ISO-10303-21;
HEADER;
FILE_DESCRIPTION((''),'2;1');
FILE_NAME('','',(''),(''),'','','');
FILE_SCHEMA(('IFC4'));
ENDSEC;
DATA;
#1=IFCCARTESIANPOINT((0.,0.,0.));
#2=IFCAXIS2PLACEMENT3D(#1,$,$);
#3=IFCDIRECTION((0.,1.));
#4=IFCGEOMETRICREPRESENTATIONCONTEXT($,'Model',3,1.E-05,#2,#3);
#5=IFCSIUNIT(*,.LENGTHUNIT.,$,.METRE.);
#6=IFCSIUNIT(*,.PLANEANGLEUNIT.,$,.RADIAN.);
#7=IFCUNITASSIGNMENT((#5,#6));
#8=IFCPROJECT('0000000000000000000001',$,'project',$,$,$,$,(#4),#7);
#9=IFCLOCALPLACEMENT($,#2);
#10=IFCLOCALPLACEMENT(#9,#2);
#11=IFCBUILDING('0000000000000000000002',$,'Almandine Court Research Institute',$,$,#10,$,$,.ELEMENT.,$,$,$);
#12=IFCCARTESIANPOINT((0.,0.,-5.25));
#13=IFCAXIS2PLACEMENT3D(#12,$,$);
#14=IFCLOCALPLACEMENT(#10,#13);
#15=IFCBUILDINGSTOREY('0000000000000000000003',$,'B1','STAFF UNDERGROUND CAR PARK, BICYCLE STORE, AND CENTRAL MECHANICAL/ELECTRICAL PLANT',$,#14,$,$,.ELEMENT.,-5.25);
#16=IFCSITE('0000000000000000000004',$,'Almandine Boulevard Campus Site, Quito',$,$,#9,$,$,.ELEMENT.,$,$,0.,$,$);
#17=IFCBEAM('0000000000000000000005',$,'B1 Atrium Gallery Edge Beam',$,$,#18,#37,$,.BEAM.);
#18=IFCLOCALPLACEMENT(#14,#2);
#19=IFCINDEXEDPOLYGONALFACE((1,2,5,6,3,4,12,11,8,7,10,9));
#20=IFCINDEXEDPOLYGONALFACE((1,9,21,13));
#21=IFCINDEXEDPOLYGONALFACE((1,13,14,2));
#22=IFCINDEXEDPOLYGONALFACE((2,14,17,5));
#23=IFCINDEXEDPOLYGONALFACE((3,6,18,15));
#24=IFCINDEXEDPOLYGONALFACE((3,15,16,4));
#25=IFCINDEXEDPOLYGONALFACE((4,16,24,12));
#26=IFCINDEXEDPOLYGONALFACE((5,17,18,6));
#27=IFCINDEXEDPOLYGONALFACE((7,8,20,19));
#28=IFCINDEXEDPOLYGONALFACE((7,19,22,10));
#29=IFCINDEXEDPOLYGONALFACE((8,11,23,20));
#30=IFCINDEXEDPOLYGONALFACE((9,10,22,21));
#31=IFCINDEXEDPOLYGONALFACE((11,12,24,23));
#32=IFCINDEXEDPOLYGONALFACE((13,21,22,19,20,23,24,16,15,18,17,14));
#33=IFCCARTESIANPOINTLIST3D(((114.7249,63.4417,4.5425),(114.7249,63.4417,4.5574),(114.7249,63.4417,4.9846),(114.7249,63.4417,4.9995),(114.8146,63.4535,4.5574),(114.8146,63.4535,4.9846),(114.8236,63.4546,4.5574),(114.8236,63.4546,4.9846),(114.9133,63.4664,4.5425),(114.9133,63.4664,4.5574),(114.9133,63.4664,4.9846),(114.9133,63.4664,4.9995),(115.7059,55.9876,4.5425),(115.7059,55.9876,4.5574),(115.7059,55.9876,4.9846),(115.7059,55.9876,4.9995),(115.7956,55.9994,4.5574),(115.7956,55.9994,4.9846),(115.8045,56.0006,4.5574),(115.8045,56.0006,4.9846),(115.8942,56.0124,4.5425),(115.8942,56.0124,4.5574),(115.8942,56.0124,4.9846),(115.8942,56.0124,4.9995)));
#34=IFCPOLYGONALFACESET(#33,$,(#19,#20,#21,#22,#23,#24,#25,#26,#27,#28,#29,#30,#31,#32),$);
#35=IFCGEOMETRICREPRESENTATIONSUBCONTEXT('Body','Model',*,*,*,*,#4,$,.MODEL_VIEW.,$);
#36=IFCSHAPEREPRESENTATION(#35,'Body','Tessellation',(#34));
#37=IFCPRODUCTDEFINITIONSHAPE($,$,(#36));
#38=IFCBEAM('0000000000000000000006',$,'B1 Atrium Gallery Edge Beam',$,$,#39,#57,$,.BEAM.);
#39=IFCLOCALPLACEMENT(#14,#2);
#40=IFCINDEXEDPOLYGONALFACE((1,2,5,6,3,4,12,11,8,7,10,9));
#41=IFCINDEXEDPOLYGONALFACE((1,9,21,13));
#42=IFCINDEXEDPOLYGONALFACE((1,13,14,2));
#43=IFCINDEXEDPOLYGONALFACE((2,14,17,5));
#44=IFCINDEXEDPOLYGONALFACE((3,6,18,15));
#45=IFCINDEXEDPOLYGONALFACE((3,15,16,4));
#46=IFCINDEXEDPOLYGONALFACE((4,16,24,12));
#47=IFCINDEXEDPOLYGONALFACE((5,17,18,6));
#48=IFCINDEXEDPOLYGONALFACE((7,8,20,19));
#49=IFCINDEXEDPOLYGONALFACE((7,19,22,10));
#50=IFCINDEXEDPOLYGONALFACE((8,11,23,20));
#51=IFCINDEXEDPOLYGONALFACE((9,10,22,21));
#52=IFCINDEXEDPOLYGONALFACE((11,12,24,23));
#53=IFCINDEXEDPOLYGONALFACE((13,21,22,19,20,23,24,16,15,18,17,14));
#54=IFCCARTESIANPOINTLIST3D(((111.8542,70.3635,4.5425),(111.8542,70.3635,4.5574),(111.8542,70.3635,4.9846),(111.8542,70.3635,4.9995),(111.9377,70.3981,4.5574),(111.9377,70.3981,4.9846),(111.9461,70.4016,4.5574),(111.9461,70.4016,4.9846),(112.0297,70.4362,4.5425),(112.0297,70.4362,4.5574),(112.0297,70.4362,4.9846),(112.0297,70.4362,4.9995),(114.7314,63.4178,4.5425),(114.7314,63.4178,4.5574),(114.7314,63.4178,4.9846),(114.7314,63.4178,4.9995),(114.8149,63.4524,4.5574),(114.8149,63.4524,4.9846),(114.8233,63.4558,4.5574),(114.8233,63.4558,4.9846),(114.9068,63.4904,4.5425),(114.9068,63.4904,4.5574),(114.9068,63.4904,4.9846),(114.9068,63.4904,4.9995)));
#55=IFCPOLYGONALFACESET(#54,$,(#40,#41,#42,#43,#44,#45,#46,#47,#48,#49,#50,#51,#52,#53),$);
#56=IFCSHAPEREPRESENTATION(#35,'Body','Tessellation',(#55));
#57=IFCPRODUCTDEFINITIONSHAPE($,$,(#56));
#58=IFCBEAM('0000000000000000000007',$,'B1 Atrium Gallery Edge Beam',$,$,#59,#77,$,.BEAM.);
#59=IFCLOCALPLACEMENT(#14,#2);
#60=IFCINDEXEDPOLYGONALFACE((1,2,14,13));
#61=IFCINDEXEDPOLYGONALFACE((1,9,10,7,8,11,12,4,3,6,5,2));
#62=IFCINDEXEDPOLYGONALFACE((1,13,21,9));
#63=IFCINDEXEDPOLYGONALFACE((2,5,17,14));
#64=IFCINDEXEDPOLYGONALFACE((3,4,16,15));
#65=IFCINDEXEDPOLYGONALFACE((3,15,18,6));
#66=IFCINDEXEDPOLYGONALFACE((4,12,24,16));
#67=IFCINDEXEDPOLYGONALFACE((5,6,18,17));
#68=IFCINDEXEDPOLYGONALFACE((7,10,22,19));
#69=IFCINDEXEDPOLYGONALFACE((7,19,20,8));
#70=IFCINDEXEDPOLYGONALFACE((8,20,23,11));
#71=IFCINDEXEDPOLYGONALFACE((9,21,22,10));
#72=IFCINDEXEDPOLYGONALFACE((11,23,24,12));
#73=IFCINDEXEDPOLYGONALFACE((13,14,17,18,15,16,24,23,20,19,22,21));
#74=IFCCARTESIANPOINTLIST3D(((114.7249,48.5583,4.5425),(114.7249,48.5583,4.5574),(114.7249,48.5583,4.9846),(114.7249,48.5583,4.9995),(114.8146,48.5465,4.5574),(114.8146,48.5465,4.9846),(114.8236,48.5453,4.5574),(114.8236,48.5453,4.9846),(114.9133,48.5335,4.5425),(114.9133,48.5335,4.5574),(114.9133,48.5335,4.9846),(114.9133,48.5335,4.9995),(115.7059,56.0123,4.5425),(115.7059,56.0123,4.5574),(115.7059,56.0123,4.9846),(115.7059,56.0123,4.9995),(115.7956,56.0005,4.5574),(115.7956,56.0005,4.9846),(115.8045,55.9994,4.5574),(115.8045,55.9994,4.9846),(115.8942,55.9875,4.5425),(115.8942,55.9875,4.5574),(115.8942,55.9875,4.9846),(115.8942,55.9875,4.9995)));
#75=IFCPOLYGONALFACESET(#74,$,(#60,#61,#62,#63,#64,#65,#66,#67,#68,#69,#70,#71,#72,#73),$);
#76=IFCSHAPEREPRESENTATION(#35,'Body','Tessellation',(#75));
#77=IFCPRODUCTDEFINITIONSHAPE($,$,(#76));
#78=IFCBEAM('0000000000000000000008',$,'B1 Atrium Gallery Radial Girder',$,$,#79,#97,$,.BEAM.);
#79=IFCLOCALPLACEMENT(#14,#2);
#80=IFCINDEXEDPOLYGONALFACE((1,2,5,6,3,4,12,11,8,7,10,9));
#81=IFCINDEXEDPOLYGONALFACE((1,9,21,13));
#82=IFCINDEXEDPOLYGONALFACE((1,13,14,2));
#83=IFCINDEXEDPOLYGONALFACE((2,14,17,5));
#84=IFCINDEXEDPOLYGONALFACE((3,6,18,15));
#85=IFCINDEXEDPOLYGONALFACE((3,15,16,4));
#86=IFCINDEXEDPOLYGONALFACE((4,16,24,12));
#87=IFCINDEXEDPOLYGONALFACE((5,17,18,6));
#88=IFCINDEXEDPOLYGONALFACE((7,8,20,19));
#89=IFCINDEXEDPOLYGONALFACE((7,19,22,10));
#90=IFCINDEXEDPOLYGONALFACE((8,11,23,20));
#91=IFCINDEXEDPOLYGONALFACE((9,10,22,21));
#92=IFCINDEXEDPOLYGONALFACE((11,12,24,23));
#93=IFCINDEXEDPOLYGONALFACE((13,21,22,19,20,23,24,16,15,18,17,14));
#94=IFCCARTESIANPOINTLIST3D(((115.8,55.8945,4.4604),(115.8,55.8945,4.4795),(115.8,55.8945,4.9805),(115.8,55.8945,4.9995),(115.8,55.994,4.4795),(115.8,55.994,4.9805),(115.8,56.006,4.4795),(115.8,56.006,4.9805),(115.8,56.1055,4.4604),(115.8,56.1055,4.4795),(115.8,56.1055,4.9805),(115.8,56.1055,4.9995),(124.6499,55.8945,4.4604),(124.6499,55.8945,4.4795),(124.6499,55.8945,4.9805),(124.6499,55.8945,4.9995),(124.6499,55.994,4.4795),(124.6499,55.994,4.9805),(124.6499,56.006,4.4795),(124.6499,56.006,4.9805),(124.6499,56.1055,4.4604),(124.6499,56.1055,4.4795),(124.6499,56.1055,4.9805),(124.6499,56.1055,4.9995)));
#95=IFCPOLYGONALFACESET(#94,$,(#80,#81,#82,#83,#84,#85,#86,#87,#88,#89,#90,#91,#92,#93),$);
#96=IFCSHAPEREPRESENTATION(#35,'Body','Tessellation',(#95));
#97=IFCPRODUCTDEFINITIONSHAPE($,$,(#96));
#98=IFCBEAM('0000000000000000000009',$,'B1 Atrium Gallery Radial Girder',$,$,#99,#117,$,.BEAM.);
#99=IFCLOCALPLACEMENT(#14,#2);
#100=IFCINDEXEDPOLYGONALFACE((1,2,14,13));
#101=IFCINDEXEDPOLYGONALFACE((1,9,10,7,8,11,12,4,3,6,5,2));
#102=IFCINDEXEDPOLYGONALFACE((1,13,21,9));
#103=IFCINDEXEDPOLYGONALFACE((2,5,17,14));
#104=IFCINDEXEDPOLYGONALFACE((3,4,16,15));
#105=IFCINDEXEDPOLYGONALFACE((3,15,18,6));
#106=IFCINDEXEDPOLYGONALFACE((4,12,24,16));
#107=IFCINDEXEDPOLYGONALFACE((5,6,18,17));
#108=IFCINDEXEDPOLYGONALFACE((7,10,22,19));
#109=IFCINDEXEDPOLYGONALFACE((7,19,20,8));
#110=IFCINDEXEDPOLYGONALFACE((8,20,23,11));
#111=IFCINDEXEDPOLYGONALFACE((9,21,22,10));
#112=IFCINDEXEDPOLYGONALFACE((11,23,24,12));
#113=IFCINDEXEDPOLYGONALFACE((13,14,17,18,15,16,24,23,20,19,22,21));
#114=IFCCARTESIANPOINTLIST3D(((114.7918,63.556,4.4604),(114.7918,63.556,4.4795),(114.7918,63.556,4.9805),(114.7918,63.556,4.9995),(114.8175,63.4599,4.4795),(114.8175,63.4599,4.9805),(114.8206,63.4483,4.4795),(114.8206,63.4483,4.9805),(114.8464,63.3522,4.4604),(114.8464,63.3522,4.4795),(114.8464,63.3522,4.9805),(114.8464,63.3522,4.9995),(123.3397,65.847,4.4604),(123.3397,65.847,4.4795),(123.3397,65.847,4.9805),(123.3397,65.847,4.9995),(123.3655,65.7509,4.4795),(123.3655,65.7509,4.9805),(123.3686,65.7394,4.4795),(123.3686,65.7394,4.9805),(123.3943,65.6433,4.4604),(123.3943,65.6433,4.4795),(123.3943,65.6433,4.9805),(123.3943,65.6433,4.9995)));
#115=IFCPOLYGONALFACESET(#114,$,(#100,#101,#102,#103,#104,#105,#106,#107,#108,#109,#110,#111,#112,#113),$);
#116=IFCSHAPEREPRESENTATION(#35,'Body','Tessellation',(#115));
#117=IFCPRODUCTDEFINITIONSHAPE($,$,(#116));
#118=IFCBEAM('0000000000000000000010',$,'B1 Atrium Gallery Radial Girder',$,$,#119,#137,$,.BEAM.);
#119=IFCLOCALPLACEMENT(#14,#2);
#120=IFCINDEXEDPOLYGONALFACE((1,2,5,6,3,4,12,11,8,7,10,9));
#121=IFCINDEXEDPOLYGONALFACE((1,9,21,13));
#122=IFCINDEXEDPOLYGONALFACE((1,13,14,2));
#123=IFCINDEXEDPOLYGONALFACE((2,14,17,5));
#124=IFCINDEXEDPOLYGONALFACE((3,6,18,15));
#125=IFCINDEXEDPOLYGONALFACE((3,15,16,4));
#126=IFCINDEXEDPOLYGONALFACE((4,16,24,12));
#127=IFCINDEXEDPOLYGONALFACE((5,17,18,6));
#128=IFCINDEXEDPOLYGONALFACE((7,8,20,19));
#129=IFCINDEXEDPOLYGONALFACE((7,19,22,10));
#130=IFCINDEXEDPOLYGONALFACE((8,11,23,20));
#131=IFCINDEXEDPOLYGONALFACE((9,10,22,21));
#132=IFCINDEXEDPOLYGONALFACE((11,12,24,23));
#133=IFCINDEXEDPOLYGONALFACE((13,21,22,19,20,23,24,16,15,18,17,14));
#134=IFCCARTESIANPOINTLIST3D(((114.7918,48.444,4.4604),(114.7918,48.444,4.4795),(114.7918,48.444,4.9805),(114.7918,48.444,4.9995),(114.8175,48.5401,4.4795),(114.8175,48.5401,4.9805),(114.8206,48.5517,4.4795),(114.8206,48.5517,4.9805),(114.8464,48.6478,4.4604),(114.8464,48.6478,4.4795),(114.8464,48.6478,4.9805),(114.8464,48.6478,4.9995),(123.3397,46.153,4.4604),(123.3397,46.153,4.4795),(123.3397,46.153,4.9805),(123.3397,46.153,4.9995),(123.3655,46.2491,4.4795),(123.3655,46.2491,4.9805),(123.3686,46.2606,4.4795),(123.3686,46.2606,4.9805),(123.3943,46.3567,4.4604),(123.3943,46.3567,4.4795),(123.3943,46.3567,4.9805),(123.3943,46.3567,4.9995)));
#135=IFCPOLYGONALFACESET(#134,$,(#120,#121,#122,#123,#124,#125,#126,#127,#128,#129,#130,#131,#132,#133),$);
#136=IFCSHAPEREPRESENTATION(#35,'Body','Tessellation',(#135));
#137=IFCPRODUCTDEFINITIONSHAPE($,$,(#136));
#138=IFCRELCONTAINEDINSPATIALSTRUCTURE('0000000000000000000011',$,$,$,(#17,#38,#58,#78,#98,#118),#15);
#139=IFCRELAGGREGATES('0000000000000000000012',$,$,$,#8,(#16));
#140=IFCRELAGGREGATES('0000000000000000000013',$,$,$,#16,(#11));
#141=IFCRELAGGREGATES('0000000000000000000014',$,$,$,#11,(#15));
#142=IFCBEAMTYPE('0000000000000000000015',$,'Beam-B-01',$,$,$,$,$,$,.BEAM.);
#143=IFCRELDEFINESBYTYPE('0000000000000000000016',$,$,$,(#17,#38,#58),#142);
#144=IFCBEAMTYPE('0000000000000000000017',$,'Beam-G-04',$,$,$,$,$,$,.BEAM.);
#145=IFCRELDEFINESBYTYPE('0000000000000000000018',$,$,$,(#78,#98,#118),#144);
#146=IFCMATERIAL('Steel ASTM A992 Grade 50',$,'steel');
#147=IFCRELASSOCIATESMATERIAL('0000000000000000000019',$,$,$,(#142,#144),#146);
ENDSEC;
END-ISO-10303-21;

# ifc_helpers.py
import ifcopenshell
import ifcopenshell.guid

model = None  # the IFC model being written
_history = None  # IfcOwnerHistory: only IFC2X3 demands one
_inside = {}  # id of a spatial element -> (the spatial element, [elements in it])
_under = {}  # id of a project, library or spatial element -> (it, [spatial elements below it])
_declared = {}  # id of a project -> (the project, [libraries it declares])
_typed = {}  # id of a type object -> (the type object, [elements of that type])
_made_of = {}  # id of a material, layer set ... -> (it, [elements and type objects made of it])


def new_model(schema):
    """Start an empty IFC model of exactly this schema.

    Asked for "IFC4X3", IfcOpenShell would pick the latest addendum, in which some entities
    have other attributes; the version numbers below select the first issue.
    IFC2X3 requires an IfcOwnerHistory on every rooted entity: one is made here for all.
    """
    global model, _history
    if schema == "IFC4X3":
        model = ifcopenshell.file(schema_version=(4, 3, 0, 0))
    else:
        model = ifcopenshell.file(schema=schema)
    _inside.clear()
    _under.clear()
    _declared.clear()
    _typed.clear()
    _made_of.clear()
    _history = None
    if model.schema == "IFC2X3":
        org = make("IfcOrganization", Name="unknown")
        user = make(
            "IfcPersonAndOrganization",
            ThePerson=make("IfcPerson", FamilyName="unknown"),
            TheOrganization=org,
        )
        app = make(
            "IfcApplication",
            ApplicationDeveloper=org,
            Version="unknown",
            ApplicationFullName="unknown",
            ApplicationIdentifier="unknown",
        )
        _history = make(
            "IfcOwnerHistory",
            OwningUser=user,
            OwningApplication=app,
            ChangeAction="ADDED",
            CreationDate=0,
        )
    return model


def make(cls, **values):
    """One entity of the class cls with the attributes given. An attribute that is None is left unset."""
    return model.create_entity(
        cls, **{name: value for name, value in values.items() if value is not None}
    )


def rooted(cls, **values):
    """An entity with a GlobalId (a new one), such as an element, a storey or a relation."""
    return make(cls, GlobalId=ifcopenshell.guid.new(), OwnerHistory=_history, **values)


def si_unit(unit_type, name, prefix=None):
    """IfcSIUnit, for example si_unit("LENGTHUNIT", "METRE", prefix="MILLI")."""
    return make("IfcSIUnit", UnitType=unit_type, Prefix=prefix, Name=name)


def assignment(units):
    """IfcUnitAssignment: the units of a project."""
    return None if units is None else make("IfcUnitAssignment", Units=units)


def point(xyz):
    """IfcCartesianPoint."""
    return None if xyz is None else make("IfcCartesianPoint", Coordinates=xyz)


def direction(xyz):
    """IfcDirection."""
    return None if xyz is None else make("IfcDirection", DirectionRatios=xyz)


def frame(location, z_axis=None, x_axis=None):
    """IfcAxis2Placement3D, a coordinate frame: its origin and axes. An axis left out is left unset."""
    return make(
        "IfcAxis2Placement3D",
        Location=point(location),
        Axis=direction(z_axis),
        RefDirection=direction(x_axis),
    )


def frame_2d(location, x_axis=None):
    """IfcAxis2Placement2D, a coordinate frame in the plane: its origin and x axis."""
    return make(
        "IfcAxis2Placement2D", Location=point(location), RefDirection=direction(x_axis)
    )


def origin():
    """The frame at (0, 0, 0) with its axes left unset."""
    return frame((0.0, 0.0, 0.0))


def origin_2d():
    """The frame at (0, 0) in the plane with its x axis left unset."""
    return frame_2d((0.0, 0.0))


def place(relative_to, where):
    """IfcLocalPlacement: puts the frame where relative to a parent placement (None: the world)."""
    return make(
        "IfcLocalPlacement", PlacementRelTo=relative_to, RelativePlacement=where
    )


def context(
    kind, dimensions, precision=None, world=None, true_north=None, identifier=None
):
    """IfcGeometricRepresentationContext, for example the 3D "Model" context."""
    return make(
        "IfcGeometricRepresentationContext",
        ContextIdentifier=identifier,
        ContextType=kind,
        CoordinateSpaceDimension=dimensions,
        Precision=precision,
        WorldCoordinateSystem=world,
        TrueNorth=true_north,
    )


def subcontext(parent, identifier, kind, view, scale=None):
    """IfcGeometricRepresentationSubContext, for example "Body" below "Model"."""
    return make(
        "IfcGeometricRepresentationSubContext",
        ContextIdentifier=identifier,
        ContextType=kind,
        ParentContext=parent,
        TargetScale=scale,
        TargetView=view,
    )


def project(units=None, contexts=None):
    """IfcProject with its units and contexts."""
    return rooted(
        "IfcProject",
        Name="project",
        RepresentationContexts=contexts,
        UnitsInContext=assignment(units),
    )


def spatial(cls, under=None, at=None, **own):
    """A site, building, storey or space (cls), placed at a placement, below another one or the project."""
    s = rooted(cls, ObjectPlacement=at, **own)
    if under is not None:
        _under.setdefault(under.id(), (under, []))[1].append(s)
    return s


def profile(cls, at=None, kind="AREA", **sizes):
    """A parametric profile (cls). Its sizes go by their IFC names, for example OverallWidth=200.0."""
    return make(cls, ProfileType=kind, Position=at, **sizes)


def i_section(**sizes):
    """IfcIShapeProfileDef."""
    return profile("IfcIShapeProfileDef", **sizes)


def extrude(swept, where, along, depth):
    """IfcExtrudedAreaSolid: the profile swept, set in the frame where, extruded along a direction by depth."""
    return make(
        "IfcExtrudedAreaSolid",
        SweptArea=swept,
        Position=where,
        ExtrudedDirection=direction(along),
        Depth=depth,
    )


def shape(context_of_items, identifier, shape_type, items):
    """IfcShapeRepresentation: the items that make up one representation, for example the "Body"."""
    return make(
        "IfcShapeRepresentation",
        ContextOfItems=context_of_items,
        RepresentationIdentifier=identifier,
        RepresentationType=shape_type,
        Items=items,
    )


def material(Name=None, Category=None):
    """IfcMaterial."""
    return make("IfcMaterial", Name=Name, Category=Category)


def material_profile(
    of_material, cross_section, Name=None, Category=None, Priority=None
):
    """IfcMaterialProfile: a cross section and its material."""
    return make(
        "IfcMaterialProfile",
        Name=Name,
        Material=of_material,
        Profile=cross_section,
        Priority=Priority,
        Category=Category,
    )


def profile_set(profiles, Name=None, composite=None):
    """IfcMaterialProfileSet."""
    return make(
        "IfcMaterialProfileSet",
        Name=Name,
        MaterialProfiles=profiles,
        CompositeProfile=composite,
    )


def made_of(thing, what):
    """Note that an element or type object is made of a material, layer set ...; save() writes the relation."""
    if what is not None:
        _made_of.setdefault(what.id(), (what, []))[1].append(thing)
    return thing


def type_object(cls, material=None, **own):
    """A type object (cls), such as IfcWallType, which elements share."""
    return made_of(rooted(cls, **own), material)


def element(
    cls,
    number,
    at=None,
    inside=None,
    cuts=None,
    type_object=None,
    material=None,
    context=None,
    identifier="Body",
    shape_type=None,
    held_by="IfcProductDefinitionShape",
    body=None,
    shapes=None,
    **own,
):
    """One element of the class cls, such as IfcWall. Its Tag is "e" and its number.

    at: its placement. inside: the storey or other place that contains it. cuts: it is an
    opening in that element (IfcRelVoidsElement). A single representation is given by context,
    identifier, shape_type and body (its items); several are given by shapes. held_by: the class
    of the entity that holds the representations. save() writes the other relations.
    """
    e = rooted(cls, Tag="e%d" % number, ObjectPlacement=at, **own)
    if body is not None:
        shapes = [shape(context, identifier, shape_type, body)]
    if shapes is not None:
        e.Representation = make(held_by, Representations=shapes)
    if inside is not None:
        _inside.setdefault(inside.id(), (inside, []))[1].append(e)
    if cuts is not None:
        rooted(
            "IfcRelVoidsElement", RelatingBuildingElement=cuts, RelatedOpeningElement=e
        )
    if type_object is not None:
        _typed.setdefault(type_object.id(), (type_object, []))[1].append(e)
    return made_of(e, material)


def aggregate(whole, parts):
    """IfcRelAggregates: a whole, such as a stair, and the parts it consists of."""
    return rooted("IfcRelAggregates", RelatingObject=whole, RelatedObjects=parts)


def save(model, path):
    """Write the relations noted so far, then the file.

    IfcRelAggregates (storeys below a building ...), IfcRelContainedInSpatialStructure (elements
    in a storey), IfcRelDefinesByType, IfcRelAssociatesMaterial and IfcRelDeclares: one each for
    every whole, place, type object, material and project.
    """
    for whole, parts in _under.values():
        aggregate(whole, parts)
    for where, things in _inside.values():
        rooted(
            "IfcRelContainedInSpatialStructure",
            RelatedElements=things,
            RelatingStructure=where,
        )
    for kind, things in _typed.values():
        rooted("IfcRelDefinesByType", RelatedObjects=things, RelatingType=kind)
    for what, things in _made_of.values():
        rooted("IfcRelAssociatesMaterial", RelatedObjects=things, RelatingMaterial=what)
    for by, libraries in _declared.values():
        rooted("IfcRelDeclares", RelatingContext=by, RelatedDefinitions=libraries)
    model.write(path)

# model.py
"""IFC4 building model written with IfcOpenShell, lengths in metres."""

from ifc_helpers import new_model, si_unit, direction, frame, origin, origin_2d, place, context, subcontext, project, spatial, i_section, extrude, material, material_profile, profile_set, type_object, element, save


model = new_model("IFC4")

# Units and contexts
model_context = context("Model", 3, precision=1e-05, world=origin(), true_north=direction((0.0, 1.0)))
body_context = subcontext(model_context, "Body", "Model", "MODEL_VIEW")
ifc_project = project(units=[si_unit("LENGTHUNIT", "METRE"), si_unit("PLANEANGLEUNIT", "RADIAN")], contexts=[model_context])

# Site, building, storey
site_placement = place(None, origin())
site = spatial("IfcSite", under=ifc_project, at=site_placement, Name="Almandine Boulevard Campus Site, Quito", CompositionType="ELEMENT", RefElevation=0.0)
building_placement = place(site_placement, origin())
building = spatial("IfcBuilding", under=site, at=building_placement, Name="Almandine Court Research Institute", CompositionType="ELEMENT")
storey_placement = place(building_placement, frame((0.0, 0.0, -5.25)))
storey = spatial("IfcBuildingStorey", under=building, at=storey_placement, Name="B1", Description="STAFF UNDERGROUND CAR PARK, BICYCLE STORE, AND CENTRAL MECHANICAL/ELECTRICAL PLANT", CompositionType="ELEMENT", Elevation=-5.25)

# Beams
ifc_material_1 = material(Name="Steel ASTM A992 Grade 50", Category="steel")
ifc_material_profile_1 = material_profile(ifc_material_1, i_section(OverallWidth=0.1899, OverallDepth=0.457, WebThickness=0.009, FlangeThickness=0.0149, at=origin_2d()), Name="W460x74")
ifc_profile_set_1 = profile_set([ifc_material_profile_1], Name="Steel ASTM A992 Grade 50")
beam_type_1 = type_object("IfcBeamType", Name="Beam-B-01", PredefinedType="BEAM", material=ifc_profile_set_1)
beam_1_placement = place(storey_placement, frame((115.8, 56.0, 4.771), z_axis=(-0.130475, 0.991452, 0.0), x_axis=(-0.991452, -0.130475, 0.0)))
element("IfcBeam", 1, at=beam_1_placement, inside=storey, type_object=beam_type_1, Name="B1 Atrium Gallery Edge Beam", PredefinedType="BEAM", context=body_context, shape_type="SweptSolid", body=[
    extrude(i_section(OverallWidth=0.1899, OverallDepth=0.457, WebThickness=0.009, FlangeThickness=0.0149, at=origin_2d()), origin(), (0.0, 0.0, 1.0), 7.5183),
])
beam_2_placement = place(storey_placement, frame((114.8191, 63.4541, 4.771), z_axis=(-0.382701, 0.923872, 0.0), x_axis=(-0.923872, -0.382701, 0.0)))
element("IfcBeam", 2, at=beam_2_placement, inside=storey, type_object=beam_type_1, Name="B1 Atrium Gallery Edge Beam", PredefinedType="BEAM", context=body_context, shape_type="SweptSolid", body=[
    extrude(i_section(OverallWidth=0.1899, OverallDepth=0.457, WebThickness=0.009, FlangeThickness=0.0149, at=origin_2d()), origin(), (0.0, 0.0, 1.0), 7.5181),
])
beam_3_placement = place(storey_placement, frame((114.8191, 48.5459, 4.771), z_axis=(0.130475, 0.991452, 0.0), x_axis=(-0.991452, 0.130475, 0.0)))
element("IfcBeam", 3, at=beam_3_placement, inside=storey, type_object=beam_type_1, Name="B1 Atrium Gallery Edge Beam", PredefinedType="BEAM", context=body_context, shape_type="SweptSolid", body=[
    extrude(i_section(OverallWidth=0.1899, OverallDepth=0.457, WebThickness=0.009, FlangeThickness=0.0149, at=origin_2d()), origin(), (0.0, 0.0, 1.0), 7.5183),
])
ifc_material_profile_2 = material_profile(ifc_material_1, i_section(OverallWidth=0.2109, OverallDepth=0.5391, WebThickness=0.012, FlangeThickness=0.019, at=origin_2d()), Name="W530x109")
ifc_profile_set_2 = profile_set([ifc_material_profile_2], Name="Steel ASTM A992 Grade 50")
beam_type_2 = type_object("IfcBeamType", Name="Beam-G-04", PredefinedType="BEAM", material=ifc_profile_set_2)
beam_4_placement = place(storey_placement, frame((115.8, 56.0, 4.73), z_axis=(1.0, 0.0, 0.0), x_axis=(0.0, 1.0, 0.0)))
element("IfcBeam", 4, at=beam_4_placement, inside=storey, type_object=beam_type_2, Name="B1 Atrium Gallery Radial Girder", PredefinedType="BEAM", context=body_context, shape_type="SweptSolid", body=[
    extrude(i_section(OverallWidth=0.2109, OverallDepth=0.5391, WebThickness=0.012, FlangeThickness=0.019, at=origin_2d()), origin(), (0.0, 0.0, 1.0), 8.8499),
])
for number, where, z_axis, x_axis, name in (
    (5, (114.8191, 63.4541, 4.73), (0.965908, 0.258885, 0.0), (-0.258885, 0.965908, 0.0), "B1 Atrium Gallery Radial Girder"),
    (6, (114.8191, 48.5459, 4.73), (0.965908, -0.258885, 0.0), (0.258885, 0.965908, 0.0), "B1 Atrium Gallery Radial Girder"),
):
    element("IfcBeam", number, at=place(storey_placement, frame(where, z_axis=z_axis, x_axis=x_axis)), inside=storey, type_object=beam_type_2, Name=name, PredefinedType="BEAM", context=body_context, shape_type="SweptSolid", body=[
        extrude(i_section(OverallWidth=0.2109, OverallDepth=0.5391, WebThickness=0.012, FlangeThickness=0.019, at=origin_2d()), origin(), (0.0, 0.0, 1.0), 8.8496),
    ])

save(model, "model.ifc")
